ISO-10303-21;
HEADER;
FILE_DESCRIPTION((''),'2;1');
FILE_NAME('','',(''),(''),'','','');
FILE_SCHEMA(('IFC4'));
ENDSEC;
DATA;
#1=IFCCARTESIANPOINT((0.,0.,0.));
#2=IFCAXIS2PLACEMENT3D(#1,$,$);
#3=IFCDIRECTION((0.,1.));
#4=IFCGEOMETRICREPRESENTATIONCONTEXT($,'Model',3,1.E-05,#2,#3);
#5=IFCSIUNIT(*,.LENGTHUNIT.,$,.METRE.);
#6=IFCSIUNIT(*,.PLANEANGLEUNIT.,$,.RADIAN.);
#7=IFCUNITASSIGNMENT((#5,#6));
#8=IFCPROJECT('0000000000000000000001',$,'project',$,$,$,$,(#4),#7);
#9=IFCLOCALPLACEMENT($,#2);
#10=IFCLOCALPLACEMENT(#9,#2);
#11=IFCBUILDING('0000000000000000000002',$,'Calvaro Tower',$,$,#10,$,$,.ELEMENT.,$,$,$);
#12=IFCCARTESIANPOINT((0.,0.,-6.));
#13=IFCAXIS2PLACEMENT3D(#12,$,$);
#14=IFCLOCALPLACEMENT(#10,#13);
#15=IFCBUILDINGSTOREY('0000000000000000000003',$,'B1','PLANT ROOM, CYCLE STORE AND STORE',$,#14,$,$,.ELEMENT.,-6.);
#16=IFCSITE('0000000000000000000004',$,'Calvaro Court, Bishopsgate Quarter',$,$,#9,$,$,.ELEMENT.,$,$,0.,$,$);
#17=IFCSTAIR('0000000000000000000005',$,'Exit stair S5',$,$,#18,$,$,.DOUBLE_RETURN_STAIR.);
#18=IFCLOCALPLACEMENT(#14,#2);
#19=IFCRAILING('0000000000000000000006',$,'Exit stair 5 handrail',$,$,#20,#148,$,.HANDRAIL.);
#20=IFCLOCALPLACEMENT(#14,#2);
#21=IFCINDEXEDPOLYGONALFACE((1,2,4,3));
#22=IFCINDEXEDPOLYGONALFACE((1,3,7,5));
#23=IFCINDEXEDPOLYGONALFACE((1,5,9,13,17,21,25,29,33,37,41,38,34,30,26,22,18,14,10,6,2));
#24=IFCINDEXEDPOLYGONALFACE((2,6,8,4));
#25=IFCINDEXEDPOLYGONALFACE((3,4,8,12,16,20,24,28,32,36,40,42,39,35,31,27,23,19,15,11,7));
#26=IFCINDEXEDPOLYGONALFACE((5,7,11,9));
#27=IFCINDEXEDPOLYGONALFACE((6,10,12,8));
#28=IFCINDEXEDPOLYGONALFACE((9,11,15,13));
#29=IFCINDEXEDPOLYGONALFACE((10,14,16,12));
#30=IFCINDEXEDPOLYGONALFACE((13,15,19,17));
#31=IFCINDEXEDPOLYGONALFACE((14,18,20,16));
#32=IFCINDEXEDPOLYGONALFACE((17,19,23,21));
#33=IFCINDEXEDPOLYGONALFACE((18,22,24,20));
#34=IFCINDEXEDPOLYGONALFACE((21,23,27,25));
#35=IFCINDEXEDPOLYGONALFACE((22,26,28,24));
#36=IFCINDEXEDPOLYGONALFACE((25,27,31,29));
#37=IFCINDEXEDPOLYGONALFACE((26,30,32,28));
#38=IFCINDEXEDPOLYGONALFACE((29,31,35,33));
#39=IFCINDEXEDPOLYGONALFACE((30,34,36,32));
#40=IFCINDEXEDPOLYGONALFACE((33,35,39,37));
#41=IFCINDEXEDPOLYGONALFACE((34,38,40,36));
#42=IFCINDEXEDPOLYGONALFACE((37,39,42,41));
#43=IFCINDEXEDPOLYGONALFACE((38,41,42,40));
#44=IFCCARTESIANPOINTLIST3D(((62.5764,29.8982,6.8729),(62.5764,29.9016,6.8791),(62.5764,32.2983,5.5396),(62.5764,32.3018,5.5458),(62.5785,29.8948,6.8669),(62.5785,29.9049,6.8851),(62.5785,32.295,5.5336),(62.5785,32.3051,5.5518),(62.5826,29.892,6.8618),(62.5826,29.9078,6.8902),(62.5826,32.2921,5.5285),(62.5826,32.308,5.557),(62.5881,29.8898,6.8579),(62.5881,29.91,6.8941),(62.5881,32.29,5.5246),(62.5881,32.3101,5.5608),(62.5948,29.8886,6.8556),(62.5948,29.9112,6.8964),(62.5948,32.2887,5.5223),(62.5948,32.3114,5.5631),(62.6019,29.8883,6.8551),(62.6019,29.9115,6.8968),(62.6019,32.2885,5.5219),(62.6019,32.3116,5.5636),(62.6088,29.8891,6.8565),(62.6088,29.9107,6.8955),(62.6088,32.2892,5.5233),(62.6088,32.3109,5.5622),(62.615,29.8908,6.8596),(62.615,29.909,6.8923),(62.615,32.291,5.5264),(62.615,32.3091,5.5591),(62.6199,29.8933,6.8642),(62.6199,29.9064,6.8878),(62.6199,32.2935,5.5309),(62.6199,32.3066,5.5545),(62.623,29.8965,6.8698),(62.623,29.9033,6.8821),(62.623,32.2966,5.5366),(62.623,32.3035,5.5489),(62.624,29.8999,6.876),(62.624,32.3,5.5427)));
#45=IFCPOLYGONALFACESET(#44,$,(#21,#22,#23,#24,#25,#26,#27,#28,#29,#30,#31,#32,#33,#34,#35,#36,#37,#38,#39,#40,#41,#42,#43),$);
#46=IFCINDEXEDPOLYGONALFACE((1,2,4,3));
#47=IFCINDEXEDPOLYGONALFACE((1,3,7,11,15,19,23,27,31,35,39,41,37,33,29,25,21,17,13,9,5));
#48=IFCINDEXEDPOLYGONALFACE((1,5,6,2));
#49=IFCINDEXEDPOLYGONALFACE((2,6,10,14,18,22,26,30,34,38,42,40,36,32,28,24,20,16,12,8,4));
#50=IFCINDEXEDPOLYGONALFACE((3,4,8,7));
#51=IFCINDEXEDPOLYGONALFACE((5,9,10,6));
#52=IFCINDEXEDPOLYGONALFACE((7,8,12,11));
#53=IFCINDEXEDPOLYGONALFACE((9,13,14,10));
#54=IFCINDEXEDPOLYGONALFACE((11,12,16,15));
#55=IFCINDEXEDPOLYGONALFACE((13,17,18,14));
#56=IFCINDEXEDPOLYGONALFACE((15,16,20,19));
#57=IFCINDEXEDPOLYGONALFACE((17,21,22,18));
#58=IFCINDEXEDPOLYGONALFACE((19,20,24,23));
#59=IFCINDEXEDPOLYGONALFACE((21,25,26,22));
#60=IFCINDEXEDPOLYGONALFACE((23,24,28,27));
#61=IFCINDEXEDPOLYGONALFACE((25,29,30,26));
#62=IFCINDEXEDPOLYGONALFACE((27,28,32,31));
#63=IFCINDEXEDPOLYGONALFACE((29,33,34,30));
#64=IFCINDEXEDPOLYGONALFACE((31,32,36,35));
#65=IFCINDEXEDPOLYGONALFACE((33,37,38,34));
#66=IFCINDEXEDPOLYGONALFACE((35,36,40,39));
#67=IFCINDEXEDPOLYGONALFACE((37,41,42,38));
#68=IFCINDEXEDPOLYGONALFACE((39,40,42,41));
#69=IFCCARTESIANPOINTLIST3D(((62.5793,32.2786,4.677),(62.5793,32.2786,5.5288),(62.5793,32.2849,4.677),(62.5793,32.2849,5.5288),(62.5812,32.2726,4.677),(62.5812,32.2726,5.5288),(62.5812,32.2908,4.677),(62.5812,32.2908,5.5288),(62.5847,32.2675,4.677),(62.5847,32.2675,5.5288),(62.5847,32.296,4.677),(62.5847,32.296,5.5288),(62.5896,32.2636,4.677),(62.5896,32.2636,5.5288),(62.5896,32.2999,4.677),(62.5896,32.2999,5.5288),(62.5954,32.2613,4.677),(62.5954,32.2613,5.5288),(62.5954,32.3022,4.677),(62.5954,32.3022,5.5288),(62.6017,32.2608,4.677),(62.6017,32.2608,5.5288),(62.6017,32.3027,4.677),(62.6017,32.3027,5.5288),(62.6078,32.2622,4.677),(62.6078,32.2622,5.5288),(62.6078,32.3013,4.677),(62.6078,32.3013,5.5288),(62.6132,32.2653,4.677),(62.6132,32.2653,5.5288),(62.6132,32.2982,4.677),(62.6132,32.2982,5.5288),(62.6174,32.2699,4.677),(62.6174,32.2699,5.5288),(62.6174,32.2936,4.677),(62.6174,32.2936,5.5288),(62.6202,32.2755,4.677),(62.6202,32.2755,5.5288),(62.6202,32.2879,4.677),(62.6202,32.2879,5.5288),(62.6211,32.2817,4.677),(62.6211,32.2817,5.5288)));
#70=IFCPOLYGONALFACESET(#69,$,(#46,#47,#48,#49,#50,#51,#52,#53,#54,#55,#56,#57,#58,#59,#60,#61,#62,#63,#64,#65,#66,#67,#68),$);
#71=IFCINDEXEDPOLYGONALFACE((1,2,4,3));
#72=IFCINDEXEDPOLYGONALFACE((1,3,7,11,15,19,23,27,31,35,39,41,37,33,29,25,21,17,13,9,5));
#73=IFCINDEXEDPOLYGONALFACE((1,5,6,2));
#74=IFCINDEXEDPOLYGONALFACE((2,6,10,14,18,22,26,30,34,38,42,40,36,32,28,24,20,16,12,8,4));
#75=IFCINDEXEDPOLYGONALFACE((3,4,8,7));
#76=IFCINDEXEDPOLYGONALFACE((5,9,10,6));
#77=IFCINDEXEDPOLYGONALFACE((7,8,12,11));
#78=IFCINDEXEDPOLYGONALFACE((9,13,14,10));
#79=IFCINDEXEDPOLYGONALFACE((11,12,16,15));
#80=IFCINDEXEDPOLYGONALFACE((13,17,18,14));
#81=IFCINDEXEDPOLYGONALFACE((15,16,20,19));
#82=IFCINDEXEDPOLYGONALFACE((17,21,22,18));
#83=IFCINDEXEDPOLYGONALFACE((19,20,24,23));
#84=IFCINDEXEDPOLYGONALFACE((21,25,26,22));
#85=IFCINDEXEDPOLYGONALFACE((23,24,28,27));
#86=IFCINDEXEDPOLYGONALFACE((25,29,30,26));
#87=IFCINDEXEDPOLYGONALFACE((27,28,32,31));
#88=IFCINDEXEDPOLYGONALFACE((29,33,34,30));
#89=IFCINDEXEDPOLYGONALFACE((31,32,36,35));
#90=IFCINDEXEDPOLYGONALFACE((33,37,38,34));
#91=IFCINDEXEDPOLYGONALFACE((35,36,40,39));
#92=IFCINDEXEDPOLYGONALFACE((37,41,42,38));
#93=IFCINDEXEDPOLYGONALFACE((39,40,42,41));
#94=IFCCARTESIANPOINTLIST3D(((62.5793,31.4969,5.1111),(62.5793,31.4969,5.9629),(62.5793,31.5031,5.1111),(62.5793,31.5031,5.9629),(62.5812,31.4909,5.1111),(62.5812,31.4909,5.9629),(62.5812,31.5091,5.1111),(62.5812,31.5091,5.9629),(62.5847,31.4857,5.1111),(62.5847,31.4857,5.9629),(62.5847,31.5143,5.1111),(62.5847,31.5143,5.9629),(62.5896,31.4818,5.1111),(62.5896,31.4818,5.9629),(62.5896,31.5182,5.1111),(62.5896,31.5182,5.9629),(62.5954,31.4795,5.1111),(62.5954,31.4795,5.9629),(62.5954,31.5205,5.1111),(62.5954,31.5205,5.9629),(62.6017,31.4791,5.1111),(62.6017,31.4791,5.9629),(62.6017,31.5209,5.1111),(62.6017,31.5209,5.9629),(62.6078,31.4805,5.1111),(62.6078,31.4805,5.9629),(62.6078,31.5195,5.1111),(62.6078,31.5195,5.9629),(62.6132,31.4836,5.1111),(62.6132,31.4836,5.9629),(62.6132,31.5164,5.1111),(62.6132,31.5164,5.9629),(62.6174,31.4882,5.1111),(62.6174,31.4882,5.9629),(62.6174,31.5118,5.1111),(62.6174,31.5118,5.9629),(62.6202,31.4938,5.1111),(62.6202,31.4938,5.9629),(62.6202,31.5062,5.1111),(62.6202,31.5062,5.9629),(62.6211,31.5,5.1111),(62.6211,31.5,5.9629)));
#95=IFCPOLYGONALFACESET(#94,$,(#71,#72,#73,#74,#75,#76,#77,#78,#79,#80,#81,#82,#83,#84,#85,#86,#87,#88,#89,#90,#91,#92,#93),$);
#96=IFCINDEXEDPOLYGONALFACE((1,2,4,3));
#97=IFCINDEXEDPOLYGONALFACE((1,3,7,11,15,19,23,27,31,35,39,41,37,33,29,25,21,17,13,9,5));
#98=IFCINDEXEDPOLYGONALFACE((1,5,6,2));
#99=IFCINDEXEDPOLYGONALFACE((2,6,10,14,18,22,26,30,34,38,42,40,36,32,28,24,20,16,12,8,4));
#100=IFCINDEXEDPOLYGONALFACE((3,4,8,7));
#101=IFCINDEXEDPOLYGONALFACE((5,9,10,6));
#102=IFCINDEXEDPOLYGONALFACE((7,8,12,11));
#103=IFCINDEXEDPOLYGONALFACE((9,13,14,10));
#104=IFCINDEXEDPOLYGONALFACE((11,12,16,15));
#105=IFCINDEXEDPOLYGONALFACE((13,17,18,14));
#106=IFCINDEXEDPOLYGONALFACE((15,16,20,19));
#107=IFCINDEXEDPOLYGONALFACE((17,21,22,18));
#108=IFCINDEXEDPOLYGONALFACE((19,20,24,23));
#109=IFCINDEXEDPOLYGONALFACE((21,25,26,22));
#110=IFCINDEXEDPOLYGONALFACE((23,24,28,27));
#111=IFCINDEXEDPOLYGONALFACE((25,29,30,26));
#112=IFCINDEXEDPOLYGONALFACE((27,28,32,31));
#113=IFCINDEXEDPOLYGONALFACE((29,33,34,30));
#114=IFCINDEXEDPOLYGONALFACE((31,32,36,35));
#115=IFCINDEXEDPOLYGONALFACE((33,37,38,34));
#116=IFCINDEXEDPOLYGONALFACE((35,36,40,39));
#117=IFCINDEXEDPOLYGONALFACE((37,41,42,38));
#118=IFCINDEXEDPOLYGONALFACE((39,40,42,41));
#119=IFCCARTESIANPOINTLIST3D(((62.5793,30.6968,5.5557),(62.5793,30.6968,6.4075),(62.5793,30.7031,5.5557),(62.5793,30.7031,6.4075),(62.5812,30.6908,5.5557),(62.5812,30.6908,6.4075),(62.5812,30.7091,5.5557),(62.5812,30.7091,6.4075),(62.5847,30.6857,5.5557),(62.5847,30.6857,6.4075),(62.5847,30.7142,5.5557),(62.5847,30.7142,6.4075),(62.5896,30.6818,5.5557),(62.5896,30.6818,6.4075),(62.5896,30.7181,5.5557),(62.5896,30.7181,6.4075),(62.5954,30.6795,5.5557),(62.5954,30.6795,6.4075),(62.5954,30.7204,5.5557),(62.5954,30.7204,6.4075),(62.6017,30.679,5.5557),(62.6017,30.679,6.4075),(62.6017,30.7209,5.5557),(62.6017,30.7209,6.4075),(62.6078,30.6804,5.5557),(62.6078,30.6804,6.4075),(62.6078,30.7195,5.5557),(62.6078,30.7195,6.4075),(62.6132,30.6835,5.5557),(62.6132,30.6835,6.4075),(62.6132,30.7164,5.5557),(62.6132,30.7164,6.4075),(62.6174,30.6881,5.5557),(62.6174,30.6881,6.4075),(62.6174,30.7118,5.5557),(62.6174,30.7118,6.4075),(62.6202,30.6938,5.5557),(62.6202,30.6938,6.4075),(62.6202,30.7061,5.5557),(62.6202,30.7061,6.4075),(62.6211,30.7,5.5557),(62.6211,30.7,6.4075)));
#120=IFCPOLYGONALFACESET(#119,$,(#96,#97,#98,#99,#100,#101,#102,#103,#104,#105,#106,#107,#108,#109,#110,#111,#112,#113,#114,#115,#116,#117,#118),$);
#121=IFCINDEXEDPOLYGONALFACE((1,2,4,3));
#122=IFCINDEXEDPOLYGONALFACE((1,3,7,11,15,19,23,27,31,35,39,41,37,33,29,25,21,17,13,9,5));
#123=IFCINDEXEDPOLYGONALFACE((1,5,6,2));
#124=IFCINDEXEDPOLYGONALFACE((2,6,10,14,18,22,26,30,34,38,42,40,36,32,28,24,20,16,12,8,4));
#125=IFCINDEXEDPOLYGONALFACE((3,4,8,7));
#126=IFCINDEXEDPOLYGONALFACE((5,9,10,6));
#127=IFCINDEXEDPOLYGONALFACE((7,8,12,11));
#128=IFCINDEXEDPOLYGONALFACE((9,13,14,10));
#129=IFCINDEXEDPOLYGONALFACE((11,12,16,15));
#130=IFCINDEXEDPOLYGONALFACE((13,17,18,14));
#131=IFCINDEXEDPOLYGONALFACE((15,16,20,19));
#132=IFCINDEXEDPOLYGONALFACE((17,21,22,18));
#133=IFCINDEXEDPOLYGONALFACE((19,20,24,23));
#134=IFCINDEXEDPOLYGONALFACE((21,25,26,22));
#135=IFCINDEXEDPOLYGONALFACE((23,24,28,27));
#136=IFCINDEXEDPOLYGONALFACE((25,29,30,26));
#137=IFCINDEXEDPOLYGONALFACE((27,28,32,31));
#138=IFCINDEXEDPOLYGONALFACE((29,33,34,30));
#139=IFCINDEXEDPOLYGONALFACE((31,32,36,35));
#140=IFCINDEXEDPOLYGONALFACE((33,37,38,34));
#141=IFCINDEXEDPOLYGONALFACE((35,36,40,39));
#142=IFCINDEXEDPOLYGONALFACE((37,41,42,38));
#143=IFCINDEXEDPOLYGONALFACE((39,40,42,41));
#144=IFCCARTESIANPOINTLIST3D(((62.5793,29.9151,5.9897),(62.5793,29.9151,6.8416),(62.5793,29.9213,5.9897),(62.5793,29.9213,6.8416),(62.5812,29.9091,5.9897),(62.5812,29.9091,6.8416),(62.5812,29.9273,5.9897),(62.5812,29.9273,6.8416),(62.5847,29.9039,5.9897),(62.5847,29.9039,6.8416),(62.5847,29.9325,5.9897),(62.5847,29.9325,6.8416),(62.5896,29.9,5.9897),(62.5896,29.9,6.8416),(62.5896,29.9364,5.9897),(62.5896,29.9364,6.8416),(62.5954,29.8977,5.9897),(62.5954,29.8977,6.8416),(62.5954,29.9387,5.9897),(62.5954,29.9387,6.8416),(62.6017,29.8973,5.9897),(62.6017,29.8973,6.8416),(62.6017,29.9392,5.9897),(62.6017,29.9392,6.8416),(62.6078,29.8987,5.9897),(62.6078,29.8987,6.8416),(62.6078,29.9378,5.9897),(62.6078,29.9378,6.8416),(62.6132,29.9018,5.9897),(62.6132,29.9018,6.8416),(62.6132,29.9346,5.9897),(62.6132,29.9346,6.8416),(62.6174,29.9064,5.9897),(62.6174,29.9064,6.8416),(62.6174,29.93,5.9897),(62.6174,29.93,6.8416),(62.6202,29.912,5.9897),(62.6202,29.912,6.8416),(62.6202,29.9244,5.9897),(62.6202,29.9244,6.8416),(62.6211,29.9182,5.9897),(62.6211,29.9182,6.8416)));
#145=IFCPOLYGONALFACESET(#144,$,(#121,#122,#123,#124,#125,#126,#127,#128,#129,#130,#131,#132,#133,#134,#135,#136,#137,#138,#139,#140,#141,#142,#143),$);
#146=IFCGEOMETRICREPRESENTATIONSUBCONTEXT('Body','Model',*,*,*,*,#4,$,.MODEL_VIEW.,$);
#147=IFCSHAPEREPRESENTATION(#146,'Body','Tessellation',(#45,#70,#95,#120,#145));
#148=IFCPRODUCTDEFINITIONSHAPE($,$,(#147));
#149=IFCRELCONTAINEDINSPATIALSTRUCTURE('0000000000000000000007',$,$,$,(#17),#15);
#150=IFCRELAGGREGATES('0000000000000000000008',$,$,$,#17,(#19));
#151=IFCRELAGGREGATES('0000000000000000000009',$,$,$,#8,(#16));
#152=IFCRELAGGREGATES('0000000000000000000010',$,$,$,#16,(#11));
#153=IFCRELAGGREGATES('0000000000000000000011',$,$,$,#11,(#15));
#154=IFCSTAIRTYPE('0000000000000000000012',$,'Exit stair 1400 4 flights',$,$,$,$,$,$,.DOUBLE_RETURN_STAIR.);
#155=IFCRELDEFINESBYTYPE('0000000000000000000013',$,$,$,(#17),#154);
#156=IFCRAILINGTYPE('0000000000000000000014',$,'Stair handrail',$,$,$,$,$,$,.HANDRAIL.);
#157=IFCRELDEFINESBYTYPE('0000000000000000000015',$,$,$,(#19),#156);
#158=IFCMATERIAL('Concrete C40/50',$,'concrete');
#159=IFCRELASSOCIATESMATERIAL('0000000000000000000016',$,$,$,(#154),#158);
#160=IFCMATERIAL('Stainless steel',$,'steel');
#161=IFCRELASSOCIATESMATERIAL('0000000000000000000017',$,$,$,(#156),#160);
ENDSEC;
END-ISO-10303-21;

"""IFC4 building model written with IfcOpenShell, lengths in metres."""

from ifc_helpers import new_model, si_unit, direction, frame, origin, origin_2d, place, context, subcontext, project, spatial, circle, extrude, material, type_object, element, aggregate, save


model = new_model("IFC4")

# Units and contexts
model_context = context("Model", 3, precision=1e-05, world=origin(), true_north=direction((0.0, 1.0)))
body_context = subcontext(model_context, "Body", "Model", "MODEL_VIEW")
ifc_project = project(units=[si_unit("LENGTHUNIT", "METRE"), si_unit("PLANEANGLEUNIT", "RADIAN")], contexts=[model_context])

# Site, building, storey
site_placement = place(None, origin())
site = spatial("IfcSite", under=ifc_project, at=site_placement, Name="Calvaro Court, Bishopsgate Quarter", CompositionType="ELEMENT", RefElevation=0.0)
building_placement = place(site_placement, origin())
building = spatial("IfcBuilding", under=site, at=building_placement, Name="Calvaro Tower", CompositionType="ELEMENT")
storey_placement = place(building_placement, frame((0.0, 0.0, -6.0)))
storey = spatial("IfcBuildingStorey", under=building, at=storey_placement, Name="B1", Description="PLANT ROOM, CYCLE STORE AND STORE", CompositionType="ELEMENT", Elevation=-6.0)

# Stair
ifc_material_1 = material(Name="Concrete C40/50", Category="concrete")
stair_type = type_object("IfcStairType", Name="Exit stair 1400 4 flights", PredefinedType="DOUBLE_RETURN_STAIR", material=ifc_material_1)
stair_1_placement = place(storey_placement, origin())
stair_1 = element("IfcStair", 1, at=stair_1_placement, inside=storey, type_object=stair_type, Name="Exit stair S5", PredefinedType="DOUBLE_RETURN_STAIR")

# Shared definitions
ifc_material_2 = material(Name="Stainless steel", Category="steel")
railing_type = type_object("IfcRailingType", Name="Stair handrail", PredefinedType="HANDRAIL", material=ifc_material_2)

# Railing
railing_1_placement = place(storey_placement, frame((62.6001, 32.3, 4.6667)))
railing_1 = element("IfcRailing", 2, at=railing_1_placement, type_object=railing_type, Name="Exit stair 5 handrail", PredefinedType="HANDRAIL", context=body_context, shape_type="SweptSolid", body=[
    extrude(circle(Radius=0.0239, at=origin_2d()), frame((0.0, 0.0, 0.876), z_axis=(0.0, -0.874182, 0.485598), x_axis=(1.0, 0.0, 0.0)), (0.0, 0.0, 1.0), 2.7456),
    extrude(circle(Radius=0.021, at=origin_2d()), frame((0.0, -0.0183, 0.0103)), (0.0, 0.0, 1.0), 0.8518),
    extrude(circle(Radius=0.021, at=origin_2d()), frame((0.0, -0.8, 0.4443)), (0.0, 0.0, 1.0), 0.8518),
    extrude(circle(Radius=0.021, at=origin_2d()), frame((0.0, -1.6001, 0.8889)), (0.0, 0.0, 1.0), 0.8518),
    extrude(circle(Radius=0.021, at=origin_2d()), frame((0.0, -2.3818, 1.323)), (0.0, 0.0, 1.0), 0.8518),
])
aggregate(stair_1, [railing_1])

save(model, "model.ifc")
